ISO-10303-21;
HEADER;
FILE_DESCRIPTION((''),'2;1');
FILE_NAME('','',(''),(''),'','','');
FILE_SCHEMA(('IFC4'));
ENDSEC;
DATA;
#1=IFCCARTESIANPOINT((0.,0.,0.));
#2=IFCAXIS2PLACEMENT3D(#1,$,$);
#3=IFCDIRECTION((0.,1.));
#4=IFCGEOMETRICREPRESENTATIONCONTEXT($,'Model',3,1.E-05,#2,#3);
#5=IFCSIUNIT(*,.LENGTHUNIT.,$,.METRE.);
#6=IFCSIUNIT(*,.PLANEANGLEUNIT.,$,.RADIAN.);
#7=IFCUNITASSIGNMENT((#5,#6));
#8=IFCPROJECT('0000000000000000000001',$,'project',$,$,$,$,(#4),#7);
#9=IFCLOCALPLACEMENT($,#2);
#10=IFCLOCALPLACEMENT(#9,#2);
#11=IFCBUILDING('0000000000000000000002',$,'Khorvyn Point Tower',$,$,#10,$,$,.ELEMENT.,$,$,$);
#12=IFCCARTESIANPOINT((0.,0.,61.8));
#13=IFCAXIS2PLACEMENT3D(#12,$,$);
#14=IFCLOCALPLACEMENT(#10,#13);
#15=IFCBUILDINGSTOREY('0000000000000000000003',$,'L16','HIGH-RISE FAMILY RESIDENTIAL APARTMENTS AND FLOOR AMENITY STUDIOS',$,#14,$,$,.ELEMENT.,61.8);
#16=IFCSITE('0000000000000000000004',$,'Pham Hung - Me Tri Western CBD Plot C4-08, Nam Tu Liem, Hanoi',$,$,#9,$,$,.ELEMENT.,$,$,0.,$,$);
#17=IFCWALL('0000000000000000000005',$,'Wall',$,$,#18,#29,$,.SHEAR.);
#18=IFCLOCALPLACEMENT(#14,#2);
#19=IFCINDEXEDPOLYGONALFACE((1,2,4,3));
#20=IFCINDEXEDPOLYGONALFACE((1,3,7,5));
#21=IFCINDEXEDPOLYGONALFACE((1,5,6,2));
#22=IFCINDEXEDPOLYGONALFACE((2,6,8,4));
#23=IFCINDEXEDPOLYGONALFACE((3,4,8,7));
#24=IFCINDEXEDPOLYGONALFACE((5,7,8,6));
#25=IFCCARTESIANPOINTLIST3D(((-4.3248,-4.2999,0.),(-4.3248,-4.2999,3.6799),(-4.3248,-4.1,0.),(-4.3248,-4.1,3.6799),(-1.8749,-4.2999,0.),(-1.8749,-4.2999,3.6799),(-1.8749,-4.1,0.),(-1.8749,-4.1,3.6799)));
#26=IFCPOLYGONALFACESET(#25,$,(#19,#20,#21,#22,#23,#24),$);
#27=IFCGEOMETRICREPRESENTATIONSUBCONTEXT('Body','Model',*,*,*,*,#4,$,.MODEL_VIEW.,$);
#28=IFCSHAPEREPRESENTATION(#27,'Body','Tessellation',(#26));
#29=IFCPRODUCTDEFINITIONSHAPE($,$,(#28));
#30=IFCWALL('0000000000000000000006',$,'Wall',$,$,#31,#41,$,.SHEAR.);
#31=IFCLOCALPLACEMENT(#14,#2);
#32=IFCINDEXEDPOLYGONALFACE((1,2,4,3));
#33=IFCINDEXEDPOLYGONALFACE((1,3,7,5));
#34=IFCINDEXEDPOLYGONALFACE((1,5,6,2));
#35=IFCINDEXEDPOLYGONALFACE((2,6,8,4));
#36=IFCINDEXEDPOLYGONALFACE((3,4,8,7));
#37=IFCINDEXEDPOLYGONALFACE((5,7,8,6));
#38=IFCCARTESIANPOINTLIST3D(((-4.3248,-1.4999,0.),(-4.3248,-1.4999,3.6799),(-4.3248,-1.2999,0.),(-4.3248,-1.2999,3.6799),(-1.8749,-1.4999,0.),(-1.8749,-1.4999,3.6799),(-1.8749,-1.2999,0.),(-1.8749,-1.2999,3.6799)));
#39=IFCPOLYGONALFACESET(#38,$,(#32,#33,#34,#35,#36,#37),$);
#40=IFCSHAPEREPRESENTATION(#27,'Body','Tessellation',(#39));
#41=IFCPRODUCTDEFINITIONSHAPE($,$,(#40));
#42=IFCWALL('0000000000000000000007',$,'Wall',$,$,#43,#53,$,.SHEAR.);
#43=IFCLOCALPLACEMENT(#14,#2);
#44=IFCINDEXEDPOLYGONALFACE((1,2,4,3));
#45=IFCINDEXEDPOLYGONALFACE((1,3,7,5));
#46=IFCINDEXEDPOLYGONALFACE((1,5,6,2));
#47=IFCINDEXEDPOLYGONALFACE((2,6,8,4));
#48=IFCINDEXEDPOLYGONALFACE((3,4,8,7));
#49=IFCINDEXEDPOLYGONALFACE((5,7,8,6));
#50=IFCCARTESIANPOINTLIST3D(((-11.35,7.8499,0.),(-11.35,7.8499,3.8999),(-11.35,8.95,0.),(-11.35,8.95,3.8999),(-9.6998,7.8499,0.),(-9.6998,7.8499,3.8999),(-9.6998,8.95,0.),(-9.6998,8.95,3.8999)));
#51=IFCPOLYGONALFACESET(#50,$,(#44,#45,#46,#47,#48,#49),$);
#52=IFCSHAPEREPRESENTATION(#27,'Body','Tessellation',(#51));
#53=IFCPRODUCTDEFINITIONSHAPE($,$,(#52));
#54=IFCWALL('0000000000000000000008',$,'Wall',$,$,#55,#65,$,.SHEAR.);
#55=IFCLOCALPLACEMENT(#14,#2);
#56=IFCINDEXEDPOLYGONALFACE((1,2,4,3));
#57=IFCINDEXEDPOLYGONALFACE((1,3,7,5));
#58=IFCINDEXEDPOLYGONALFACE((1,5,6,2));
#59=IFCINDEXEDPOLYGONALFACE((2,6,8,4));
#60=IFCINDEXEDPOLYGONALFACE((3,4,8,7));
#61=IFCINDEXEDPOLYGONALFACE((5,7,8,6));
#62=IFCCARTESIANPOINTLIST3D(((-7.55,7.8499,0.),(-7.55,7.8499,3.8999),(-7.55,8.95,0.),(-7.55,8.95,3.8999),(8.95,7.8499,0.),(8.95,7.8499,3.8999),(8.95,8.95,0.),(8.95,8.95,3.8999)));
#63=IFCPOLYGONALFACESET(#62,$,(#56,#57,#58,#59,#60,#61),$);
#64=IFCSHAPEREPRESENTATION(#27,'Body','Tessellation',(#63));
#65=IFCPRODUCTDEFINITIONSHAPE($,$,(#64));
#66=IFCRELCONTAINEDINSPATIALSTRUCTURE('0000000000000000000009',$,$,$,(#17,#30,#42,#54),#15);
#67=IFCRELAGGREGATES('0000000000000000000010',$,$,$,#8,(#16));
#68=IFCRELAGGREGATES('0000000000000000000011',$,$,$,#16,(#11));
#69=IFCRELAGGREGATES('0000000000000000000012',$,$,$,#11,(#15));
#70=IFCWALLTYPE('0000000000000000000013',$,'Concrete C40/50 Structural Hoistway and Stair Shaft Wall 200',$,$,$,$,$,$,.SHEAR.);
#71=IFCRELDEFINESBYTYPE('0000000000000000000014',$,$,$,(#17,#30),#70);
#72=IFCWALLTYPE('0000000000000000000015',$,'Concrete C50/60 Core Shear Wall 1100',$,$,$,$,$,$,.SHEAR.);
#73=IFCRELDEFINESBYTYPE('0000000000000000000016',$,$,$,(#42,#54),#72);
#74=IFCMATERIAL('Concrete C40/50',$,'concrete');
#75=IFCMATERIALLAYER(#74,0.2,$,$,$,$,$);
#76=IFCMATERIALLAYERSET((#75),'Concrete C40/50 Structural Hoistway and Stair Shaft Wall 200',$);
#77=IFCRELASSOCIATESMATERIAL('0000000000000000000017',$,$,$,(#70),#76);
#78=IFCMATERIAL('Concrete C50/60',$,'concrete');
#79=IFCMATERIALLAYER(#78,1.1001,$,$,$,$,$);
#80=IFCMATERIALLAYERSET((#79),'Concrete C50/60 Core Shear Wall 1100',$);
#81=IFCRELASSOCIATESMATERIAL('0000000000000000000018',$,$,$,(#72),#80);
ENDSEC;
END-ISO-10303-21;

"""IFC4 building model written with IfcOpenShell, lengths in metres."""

from ifc_helpers import new_model, si_unit, direction, frame, frame_2d, origin, place, context, subcontext, project, spatial, rectangle, extrude, material, layer, layer_set, type_object, element, save


model = new_model("IFC4")

# Units and contexts
model_context = context("Model", 3, precision=1e-05, world=origin(), true_north=direction((0.0, 1.0)))
body_context = subcontext(model_context, "Body", "Model", "MODEL_VIEW")
ifc_project = project(units=[si_unit("LENGTHUNIT", "METRE"), si_unit("PLANEANGLEUNIT", "RADIAN")], contexts=[model_context])

# Site, building, storey
site_placement = place(None, origin())
site = spatial("IfcSite", under=ifc_project, at=site_placement, Name="Pham Hung - Me Tri Western CBD Plot C4-08, Nam Tu Liem, Hanoi", CompositionType="ELEMENT", RefElevation=0.0)
building_placement = place(site_placement, origin())
building = spatial("IfcBuilding", under=site, at=building_placement, Name="Khorvyn Point Tower", CompositionType="ELEMENT")
storey_placement = place(building_placement, frame((0.0, 0.0, 61.8)))
storey = spatial("IfcBuildingStorey", under=building, at=storey_placement, Name="L16", Description="HIGH-RISE FAMILY RESIDENTIAL APARTMENTS AND FLOOR AMENITY STUDIOS", CompositionType="ELEMENT", Elevation=61.8)

# Shared definitions
ifc_material_1 = material(Name="Concrete C40/50", Category="concrete")

# Shared definitions
ifc_material_2 = material(Name="Concrete C50/60", Category="concrete")

# Shared definitions
ifc_layer_1 = layer(ifc_material_1, 0.2)
ifc_layer_set_1 = layer_set([ifc_layer_1], Name="Concrete C40/50 Structural Hoistway and Stair Shaft Wall 200")
wall_type_1 = type_object("IfcWallType", Name="Concrete C40/50 Structural Hoistway and Stair Shaft Wall 200", PredefinedType="SHEAR", material=ifc_layer_set_1)

# Walls
for number, where, z_axis, x_axis, name in (
    (1, (-4.325, -4.2, 0.0), (0.0, 0.0, 1.0), (1.0, 0.0, 0.0), "Wall"),
    (2, (-4.325, -1.3999, 0.0), (0.0, 0.0, 1.0), (1.0, 0.0, 0.0), "Wall"),
):
    element("IfcWall", number, at=place(storey_placement, frame(where, z_axis=z_axis, x_axis=x_axis)), inside=storey, type_object=wall_type_1, Name=name, PredefinedType="SHEAR", context=body_context, shape_type="SweptSolid", body=[
        extrude(rectangle(XDim=2.45, YDim=0.2, at=frame_2d((1.2251, 0.0))), origin(), (0.0, 0.0, 1.0), 3.6799),
    ])
ifc_layer_2 = layer(ifc_material_2, 1.1001)
ifc_layer_set_2 = layer_set([ifc_layer_2], Name="Concrete C50/60 Core Shear Wall 1100")
wall_type_2 = type_object("IfcWallType", Name="Concrete C50/60 Core Shear Wall 1100", PredefinedType="SHEAR", material=ifc_layer_set_2)
wall_1_placement = place(storey_placement, frame((-11.3501, 8.3999, 0.0), z_axis=(0.0, 0.0, 1.0), x_axis=(1.0, 0.0, 0.0)))
element("IfcWall", 3, at=wall_1_placement, inside=storey, type_object=wall_type_2, Name="Wall", PredefinedType="SHEAR", context=body_context, shape_type="SweptSolid", body=[
    extrude(rectangle(XDim=1.6501, YDim=1.1001, at=frame_2d((0.8252, 0.0))), origin(), (0.0, 0.0, 1.0), 3.8999),
])
wall_2_placement = place(storey_placement, frame((-7.55, 8.3999, 0.0), z_axis=(0.0, 0.0, 1.0), x_axis=(1.0, 0.0, 0.0)))
element("IfcWall", 4, at=wall_2_placement, inside=storey, type_object=wall_type_2, Name="Wall", PredefinedType="SHEAR", context=body_context, shape_type="SweptSolid", body=[
    extrude(rectangle(XDim=16.5, YDim=1.1001, at=frame_2d((8.25, 0.0))), origin(), (0.0, 0.0, 1.0), 3.8999),
])

save(model, "model.ifc")
